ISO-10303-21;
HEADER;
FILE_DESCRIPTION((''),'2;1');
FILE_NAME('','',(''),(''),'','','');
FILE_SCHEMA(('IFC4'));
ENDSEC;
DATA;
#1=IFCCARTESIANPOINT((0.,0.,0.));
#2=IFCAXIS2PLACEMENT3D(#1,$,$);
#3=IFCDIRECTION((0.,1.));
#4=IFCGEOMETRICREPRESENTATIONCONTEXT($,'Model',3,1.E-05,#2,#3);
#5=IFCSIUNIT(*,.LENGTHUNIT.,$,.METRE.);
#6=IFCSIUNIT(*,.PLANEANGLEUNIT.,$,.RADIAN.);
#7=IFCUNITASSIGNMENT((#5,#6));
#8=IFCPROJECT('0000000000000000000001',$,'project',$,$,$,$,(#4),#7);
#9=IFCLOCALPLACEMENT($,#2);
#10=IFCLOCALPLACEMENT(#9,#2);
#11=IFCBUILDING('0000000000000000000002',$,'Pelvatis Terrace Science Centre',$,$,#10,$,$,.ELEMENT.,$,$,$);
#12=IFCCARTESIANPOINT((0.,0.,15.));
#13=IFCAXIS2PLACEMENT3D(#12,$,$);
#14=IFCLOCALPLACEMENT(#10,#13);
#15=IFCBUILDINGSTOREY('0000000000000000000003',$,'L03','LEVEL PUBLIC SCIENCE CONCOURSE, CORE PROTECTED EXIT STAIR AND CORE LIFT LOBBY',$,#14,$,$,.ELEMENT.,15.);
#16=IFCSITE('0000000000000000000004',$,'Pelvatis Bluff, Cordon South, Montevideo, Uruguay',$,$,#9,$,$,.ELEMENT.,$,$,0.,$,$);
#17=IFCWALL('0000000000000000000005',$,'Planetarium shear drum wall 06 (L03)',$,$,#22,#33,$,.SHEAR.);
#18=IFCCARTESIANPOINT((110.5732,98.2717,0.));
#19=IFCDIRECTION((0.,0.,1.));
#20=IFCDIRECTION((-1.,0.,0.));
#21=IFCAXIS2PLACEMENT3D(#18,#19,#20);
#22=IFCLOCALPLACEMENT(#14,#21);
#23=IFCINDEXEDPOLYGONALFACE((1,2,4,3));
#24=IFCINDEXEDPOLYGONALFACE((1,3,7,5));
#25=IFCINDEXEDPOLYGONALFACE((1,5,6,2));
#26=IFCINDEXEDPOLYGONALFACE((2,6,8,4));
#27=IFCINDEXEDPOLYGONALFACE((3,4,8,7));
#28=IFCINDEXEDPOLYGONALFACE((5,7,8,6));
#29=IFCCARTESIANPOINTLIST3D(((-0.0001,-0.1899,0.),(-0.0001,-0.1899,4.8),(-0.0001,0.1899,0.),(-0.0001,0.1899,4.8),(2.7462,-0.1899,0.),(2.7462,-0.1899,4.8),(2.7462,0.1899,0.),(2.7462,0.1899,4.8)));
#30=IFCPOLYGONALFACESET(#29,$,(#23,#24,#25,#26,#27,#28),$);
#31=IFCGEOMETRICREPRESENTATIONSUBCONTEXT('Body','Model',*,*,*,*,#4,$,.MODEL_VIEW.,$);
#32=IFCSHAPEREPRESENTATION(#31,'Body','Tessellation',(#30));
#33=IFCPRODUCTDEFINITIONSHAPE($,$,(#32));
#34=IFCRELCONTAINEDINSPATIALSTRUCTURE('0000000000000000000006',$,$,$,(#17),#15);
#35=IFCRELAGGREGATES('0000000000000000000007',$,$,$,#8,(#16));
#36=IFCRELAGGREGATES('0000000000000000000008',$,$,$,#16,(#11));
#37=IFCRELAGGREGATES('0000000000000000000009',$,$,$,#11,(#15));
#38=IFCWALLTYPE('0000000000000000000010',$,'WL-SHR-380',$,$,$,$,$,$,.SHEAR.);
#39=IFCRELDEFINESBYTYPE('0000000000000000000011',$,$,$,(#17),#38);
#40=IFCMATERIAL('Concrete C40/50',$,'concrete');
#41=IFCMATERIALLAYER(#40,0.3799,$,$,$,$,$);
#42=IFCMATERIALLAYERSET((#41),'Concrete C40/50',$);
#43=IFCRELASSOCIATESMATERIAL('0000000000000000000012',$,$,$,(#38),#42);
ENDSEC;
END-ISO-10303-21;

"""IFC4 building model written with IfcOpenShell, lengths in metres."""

from ifc_helpers import new_model, si_unit, direction, frame, frame_2d, origin, place, context, subcontext, project, spatial, rectangle, extrude, material, layer, layer_set, type_object, element, save


model = new_model("IFC4")

# Units and contexts
model_context = context("Model", 3, precision=1e-05, world=origin(), true_north=direction((0.0, 1.0)))
body_context = subcontext(model_context, "Body", "Model", "MODEL_VIEW")
ifc_project = project(units=[si_unit("LENGTHUNIT", "METRE"), si_unit("PLANEANGLEUNIT", "RADIAN")], contexts=[model_context])

# Site, building, storey
site_placement = place(None, origin())
site = spatial("IfcSite", under=ifc_project, at=site_placement, Name="Pelvatis Bluff, Cordon South, Montevideo, Uruguay", CompositionType="ELEMENT", RefElevation=0.0)
building_placement = place(site_placement, origin())
building = spatial("IfcBuilding", under=site, at=building_placement, Name="Pelvatis Terrace Science Centre", CompositionType="ELEMENT")
storey_placement = place(building_placement, frame((0.0, 0.0, 15.0)))
storey = spatial("IfcBuildingStorey", under=building, at=storey_placement, Name="L03", Description="LEVEL PUBLIC SCIENCE CONCOURSE, CORE PROTECTED EXIT STAIR AND CORE LIFT LOBBY", CompositionType="ELEMENT", Elevation=15.0)

# Wall
ifc_material_1 = material(Name="Concrete C40/50", Category="concrete")
ifc_layer_1 = layer(ifc_material_1, 0.3799)
ifc_layer_set_1 = layer_set([ifc_layer_1], Name="Concrete C40/50")
wall_type = type_object("IfcWallType", Name="WL-SHR-380", PredefinedType="SHEAR", material=ifc_layer_set_1)
for number, where, z_axis, x_axis, name in (
    (1, (110.5732, 98.2717, 0.0), (0.0, 0.0, 1.0), (-1.0, 0.0, 0.0), "Planetarium shear drum wall 06 (L03)"),
):
    element("IfcWall", number, at=place(storey_placement, frame(where, z_axis=z_axis, x_axis=x_axis)), inside=storey, type_object=wall_type, Name=name, PredefinedType="SHEAR", context=body_context, shape_type="SweptSolid", body=[
        extrude(rectangle(XDim=2.7463, YDim=0.3799, at=frame_2d((1.373, 0.0))), origin(), (0.0, 0.0, 1.0), 4.8),
    ])

save(model, "model.ifc")
